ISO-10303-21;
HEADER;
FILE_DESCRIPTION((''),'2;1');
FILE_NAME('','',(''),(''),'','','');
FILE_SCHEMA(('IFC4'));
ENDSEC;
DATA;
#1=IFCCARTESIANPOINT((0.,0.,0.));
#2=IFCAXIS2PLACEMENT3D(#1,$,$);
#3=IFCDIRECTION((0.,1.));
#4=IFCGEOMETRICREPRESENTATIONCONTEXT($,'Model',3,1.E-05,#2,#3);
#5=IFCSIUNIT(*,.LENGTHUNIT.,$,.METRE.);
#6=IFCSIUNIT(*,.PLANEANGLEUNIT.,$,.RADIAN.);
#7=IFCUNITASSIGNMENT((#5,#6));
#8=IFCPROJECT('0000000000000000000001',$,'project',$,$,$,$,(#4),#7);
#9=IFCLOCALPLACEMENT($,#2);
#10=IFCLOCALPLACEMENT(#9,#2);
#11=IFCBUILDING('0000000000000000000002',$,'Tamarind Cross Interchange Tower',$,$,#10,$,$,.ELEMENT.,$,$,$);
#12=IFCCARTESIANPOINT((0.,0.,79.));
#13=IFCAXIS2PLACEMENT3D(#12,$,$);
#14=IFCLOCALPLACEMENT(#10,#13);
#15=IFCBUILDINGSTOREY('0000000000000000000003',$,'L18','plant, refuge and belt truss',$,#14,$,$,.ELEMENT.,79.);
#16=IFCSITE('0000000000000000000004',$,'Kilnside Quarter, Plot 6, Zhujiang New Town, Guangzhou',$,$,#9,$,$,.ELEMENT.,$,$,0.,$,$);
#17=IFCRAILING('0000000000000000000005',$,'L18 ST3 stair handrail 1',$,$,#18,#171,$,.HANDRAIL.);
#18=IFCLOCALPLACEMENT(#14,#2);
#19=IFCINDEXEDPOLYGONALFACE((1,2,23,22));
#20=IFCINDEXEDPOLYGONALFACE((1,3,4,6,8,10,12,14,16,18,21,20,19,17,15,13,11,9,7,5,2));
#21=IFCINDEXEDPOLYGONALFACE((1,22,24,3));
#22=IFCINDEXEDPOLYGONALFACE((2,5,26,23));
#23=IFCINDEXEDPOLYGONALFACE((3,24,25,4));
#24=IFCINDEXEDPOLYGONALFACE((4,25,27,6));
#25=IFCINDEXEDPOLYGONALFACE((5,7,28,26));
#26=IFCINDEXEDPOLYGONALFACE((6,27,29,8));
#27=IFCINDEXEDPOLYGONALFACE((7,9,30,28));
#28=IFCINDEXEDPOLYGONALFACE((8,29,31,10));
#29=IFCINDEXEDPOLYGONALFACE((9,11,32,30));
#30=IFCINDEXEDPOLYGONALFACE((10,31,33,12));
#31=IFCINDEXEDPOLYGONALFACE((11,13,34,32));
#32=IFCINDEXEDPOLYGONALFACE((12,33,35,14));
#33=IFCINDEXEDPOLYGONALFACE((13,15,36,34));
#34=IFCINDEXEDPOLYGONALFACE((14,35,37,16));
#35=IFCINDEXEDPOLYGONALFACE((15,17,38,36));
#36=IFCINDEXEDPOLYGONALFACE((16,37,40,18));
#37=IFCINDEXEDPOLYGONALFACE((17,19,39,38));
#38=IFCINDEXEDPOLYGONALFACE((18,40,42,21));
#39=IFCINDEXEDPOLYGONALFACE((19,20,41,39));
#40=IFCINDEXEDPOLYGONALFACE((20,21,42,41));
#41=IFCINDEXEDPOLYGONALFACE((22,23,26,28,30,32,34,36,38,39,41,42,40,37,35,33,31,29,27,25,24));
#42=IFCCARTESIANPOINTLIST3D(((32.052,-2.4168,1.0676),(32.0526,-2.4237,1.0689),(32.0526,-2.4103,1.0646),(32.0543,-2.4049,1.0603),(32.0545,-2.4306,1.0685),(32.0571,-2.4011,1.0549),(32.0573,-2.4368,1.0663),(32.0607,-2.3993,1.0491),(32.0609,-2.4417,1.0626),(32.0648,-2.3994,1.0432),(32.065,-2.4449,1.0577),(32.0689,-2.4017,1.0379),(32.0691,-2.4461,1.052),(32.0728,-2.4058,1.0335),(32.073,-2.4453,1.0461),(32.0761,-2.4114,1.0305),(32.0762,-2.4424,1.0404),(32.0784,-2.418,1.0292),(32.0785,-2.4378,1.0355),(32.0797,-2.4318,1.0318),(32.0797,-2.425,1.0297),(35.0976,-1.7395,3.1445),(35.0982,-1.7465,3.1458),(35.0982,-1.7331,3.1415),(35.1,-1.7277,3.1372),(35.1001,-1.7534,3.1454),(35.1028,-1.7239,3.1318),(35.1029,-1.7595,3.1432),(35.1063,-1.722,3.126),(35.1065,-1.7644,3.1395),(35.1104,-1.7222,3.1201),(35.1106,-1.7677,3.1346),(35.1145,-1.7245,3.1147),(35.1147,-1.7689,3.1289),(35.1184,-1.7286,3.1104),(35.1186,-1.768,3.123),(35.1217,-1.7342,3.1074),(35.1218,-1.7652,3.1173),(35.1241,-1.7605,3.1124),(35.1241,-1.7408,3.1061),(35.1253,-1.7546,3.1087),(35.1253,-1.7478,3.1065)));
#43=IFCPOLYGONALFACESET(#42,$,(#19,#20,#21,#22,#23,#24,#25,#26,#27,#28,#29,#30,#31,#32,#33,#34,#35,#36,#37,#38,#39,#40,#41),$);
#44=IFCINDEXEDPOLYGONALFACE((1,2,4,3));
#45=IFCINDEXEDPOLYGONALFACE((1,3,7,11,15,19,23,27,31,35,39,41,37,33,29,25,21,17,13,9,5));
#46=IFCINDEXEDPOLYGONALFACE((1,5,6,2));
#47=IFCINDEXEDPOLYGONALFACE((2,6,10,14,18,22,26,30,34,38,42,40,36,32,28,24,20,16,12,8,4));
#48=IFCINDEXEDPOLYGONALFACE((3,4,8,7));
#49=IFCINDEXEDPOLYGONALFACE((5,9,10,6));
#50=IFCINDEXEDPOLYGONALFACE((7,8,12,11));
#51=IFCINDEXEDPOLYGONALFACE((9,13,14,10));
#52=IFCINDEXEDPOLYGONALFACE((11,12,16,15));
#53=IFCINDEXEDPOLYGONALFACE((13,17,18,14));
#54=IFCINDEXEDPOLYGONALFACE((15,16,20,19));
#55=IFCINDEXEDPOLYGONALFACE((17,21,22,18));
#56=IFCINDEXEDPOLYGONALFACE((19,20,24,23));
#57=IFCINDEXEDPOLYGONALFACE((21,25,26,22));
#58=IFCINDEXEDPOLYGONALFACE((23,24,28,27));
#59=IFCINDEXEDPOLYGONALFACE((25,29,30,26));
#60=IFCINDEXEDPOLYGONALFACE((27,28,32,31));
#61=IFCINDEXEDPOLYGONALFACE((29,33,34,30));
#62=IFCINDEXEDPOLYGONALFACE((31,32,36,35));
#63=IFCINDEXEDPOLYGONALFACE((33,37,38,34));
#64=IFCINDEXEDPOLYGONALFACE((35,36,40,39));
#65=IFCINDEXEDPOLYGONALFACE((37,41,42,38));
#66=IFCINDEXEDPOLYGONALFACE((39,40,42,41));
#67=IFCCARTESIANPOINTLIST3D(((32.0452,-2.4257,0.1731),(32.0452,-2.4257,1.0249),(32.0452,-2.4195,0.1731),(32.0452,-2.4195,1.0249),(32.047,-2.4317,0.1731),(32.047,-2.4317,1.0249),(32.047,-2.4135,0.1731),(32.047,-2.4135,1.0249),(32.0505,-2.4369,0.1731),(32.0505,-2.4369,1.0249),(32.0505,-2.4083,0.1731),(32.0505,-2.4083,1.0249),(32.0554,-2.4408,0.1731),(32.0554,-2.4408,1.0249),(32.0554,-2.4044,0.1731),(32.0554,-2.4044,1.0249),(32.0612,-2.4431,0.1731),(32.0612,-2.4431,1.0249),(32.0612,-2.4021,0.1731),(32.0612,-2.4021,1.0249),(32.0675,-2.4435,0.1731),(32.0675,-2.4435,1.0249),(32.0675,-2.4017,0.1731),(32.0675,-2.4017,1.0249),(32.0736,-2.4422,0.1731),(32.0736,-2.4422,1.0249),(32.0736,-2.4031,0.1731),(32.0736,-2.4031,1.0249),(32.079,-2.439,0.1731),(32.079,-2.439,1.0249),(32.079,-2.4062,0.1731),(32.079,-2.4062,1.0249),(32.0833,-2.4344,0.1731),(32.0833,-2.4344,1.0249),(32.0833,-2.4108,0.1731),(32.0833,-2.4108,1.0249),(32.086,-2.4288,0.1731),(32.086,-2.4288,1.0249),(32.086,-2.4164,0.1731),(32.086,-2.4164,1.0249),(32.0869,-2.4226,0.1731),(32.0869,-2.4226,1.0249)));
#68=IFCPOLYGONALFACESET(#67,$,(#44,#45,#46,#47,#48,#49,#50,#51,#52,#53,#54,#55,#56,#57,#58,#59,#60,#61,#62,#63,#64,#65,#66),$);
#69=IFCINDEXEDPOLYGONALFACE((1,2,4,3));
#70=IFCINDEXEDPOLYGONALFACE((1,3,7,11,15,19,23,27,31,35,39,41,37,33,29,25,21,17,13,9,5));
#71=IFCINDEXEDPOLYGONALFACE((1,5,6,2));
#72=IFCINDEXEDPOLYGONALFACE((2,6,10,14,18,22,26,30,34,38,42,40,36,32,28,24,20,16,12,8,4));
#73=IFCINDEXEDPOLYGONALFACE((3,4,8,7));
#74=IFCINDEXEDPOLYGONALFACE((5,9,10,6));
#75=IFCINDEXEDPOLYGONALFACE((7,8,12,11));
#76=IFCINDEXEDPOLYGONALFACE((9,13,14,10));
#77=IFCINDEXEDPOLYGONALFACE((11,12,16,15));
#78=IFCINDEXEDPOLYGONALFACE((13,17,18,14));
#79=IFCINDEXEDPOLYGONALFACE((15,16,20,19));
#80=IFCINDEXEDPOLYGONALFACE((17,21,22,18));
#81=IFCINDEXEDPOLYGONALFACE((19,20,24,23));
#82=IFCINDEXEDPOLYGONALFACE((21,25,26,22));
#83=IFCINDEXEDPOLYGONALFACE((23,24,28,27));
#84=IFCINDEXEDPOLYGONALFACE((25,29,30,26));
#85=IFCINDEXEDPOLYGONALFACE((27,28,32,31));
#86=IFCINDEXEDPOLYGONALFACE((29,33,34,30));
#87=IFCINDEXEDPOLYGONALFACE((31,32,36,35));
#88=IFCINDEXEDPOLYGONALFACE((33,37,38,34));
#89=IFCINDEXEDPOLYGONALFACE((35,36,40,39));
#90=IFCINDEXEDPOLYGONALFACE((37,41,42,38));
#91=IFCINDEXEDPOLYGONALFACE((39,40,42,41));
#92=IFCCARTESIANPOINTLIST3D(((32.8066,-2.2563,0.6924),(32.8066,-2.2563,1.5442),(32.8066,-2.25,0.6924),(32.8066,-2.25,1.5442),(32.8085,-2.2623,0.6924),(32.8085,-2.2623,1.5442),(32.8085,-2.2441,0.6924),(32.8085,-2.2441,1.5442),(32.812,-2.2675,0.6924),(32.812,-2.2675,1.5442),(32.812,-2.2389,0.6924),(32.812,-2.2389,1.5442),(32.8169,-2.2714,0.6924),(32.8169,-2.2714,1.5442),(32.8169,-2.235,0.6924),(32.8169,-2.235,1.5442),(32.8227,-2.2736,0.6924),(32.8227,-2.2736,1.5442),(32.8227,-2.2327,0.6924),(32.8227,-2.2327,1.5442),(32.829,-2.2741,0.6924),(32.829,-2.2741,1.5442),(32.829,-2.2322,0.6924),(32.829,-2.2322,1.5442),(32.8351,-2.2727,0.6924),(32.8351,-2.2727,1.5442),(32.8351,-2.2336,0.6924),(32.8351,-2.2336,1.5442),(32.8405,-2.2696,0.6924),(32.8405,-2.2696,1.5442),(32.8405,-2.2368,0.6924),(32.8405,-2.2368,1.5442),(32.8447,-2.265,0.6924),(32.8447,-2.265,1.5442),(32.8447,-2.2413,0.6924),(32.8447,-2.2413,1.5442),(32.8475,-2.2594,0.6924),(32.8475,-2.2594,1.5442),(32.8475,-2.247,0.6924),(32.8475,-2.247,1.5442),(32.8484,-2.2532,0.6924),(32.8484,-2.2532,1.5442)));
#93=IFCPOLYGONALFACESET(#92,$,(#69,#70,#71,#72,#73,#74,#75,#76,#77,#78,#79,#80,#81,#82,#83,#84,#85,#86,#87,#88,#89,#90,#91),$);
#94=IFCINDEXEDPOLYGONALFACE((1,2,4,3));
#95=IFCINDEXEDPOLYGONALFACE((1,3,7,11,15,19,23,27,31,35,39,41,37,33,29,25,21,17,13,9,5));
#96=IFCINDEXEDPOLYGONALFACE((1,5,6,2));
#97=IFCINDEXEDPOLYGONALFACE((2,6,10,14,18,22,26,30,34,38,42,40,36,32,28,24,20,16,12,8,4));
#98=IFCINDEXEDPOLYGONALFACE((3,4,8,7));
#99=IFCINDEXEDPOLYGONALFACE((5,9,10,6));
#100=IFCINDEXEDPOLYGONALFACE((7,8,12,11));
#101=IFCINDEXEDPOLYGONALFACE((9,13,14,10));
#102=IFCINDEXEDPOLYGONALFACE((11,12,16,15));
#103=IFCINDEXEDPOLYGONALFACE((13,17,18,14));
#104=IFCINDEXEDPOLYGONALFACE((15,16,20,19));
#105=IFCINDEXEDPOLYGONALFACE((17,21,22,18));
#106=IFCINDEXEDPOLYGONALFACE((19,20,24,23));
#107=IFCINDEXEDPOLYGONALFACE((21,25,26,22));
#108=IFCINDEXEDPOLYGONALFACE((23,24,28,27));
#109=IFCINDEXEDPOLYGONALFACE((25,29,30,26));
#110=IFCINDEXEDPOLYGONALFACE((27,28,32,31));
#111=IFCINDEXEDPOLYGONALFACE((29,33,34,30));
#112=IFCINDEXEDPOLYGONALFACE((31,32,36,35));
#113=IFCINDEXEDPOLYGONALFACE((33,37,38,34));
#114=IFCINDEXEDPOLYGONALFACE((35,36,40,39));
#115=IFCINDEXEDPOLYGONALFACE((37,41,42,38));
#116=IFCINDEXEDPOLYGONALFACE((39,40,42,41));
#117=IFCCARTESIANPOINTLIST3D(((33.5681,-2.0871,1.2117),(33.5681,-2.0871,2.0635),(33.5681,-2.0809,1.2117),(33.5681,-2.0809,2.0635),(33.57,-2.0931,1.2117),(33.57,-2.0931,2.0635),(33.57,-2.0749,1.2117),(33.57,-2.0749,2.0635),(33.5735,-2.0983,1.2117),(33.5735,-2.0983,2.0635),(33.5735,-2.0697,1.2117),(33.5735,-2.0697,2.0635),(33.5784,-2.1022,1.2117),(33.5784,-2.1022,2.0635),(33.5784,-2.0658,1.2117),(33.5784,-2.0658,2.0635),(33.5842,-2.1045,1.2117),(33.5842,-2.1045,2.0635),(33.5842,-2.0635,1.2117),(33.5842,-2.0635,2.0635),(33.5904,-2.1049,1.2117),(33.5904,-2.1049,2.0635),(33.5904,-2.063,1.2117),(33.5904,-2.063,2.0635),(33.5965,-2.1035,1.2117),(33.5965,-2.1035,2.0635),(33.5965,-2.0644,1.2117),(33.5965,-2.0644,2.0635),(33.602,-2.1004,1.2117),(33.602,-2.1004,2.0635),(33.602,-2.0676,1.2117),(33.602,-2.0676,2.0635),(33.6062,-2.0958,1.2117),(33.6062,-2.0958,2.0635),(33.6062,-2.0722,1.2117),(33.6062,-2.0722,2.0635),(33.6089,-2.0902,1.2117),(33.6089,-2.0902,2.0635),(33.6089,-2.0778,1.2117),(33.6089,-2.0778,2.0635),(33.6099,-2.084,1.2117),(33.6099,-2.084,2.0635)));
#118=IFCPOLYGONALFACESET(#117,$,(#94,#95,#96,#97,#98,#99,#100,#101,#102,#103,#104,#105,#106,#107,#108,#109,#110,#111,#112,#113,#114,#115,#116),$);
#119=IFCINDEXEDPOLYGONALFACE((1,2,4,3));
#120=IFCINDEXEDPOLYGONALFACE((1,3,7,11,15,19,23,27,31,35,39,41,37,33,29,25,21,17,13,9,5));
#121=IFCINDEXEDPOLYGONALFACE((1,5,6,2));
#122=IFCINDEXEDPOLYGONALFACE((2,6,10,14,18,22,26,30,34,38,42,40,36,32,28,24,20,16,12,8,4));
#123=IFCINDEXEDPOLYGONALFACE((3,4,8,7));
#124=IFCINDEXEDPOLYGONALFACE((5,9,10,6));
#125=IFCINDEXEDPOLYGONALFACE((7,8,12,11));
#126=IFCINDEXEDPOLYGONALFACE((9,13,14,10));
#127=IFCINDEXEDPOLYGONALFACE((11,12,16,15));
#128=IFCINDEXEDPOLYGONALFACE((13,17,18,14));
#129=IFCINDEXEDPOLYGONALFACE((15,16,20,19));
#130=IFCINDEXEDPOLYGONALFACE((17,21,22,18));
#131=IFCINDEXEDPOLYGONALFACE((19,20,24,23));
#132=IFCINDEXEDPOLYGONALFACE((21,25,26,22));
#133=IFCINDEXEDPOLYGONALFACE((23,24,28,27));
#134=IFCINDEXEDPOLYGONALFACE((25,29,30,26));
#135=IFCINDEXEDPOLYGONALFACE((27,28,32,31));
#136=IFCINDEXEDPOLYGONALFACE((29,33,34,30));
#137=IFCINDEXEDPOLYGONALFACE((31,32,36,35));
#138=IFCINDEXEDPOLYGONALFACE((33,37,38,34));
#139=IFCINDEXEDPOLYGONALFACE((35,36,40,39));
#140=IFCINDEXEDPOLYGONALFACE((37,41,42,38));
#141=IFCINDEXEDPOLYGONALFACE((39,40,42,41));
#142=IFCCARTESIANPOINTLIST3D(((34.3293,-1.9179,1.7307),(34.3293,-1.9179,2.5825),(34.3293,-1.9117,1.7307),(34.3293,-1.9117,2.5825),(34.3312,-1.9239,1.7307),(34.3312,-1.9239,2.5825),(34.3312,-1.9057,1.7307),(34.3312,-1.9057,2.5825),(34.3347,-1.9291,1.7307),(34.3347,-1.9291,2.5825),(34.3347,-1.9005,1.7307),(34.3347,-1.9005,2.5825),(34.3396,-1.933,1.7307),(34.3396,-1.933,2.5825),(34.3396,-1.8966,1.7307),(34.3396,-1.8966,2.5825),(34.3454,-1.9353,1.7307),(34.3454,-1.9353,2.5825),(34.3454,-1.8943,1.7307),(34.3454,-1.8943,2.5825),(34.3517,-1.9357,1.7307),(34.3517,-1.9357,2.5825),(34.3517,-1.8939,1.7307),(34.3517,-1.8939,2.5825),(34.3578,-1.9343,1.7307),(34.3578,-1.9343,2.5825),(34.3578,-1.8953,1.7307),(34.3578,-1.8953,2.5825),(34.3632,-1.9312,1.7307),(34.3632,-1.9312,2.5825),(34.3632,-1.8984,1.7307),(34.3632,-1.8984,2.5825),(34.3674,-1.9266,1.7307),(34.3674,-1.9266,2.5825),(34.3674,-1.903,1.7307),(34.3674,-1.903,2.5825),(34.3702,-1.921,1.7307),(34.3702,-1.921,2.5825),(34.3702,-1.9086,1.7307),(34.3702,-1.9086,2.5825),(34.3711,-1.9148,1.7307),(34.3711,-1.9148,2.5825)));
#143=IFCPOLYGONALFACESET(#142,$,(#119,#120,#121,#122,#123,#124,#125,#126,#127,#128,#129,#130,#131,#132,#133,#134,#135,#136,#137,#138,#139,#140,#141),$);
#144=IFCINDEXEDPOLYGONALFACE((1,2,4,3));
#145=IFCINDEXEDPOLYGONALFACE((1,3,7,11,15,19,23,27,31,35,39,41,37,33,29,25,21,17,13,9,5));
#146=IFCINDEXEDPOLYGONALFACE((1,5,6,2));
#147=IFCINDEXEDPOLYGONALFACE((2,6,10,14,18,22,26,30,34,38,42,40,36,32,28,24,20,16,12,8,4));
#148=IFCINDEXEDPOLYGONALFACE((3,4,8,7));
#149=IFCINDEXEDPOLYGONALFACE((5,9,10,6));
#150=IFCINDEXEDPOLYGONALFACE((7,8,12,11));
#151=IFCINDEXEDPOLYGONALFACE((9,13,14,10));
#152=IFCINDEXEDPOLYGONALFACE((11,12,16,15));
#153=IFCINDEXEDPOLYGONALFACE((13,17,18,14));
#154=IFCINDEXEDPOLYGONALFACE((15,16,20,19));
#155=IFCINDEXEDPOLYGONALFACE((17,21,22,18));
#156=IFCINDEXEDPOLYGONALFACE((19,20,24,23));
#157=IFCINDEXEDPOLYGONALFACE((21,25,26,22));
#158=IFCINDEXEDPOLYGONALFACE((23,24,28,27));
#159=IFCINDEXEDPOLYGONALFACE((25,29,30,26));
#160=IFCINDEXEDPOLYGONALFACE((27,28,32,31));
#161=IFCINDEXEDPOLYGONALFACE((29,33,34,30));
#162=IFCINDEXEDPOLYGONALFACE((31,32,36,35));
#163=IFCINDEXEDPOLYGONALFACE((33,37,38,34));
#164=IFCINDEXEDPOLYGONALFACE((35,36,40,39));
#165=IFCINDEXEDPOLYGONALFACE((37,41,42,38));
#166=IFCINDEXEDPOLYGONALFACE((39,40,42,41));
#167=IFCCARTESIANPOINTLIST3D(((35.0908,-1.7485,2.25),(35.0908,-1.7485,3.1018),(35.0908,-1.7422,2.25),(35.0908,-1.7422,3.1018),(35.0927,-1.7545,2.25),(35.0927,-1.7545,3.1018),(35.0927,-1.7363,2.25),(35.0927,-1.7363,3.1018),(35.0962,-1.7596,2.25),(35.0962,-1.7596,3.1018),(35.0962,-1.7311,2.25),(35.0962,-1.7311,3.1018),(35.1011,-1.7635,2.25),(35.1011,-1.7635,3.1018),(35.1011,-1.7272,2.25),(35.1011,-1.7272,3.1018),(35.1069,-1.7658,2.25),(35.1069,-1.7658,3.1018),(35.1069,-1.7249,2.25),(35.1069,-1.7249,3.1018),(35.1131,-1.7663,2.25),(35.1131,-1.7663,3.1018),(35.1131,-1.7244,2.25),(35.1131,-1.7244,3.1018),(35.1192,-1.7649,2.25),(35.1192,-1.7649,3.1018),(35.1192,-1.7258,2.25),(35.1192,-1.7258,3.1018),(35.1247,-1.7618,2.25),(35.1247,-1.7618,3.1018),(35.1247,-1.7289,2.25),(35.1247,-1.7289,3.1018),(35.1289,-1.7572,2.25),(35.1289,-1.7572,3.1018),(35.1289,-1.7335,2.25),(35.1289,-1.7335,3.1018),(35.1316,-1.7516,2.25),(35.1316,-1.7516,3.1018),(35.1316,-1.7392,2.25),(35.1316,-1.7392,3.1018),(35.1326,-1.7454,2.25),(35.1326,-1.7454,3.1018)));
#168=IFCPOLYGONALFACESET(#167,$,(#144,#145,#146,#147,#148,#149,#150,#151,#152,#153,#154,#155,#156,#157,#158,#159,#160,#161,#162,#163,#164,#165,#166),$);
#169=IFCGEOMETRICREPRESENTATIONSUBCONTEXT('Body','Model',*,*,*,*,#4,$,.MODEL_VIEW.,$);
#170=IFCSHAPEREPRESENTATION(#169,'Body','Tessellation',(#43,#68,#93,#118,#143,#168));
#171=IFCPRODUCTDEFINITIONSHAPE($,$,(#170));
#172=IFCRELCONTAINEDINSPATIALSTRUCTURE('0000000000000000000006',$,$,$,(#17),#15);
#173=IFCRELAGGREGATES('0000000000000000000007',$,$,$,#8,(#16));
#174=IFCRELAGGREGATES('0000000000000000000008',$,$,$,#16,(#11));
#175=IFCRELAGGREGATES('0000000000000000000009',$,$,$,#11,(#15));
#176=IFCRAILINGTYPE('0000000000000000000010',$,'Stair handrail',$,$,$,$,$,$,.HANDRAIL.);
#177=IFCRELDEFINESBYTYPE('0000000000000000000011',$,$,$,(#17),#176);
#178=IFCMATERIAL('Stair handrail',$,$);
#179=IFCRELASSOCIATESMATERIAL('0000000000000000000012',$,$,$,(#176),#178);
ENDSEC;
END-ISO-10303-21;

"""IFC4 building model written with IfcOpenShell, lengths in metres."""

from ifc_helpers import new_model, si_unit, direction, frame, origin, origin_2d, place, context, subcontext, project, spatial, circle, extrude, material, type_object, element, save


model = new_model("IFC4")

# Units and contexts
model_context = context("Model", 3, precision=1e-05, world=origin(), true_north=direction((0.0, 1.0)))
body_context = subcontext(model_context, "Body", "Model", "MODEL_VIEW")
ifc_project = project(units=[si_unit("LENGTHUNIT", "METRE"), si_unit("PLANEANGLEUNIT", "RADIAN")], contexts=[model_context])

# Site, building, storey
site_placement = place(None, origin())
site = spatial("IfcSite", under=ifc_project, at=site_placement, Name="Kilnside Quarter, Plot 6, Zhujiang New Town, Guangzhou", CompositionType="ELEMENT", RefElevation=0.0)
building_placement = place(site_placement, origin())
building = spatial("IfcBuilding", under=site, at=building_placement, Name="Tamarind Cross Interchange Tower", CompositionType="ELEMENT")
storey_placement = place(building_placement, frame((0.0, 0.0, 79.0)))
storey = spatial("IfcBuildingStorey", under=building, at=storey_placement, Name="L18", Description="plant, refuge and belt truss", CompositionType="ELEMENT", Elevation=79.0)

# Railing
ifc_material_1 = material(Name="Stair handrail")
railing_type_1 = type_object("IfcRailingType", Name="Stair handrail", PredefinedType="HANDRAIL", material=ifc_material_1)
railing_1_placement = place(storey_placement, frame((32.0659, -2.4226, 0.1731)))
element("IfcRailing", 1, at=railing_1_placement, inside=storey, type_object=railing_type_1, Name="L18 ST3 stair handrail 1", PredefinedType="HANDRAIL", context=body_context, shape_type="SweptSolid", body=[
    extrude(circle(Radius=0.0239, at=origin_2d()), frame((0.0, 0.0, 0.876), z_axis=(0.812588, 0.180691, 0.554123), x_axis=(-0.217063, 0.976158, 0.0)), (0.0, 0.0, 1.0), 3.748),
    extrude(circle(Radius=0.021, at=origin_2d()), origin(), (0.0, 0.0, 1.0), 0.8518),
    extrude(circle(Radius=0.021, at=origin_2d()), frame((0.7615, 0.1694, 0.5193)), (0.0, 0.0, 1.0), 0.8518),
    extrude(circle(Radius=0.021, at=origin_2d()), frame((1.5229, 0.3386, 1.0386)), (0.0, 0.0, 1.0), 0.8518),
    extrude(circle(Radius=0.021, at=origin_2d()), frame((2.2842, 0.5078, 1.5576)), (0.0, 0.0, 1.0), 0.8518),
    extrude(circle(Radius=0.021, at=origin_2d()), frame((3.0457, 0.6772, 2.0769)), (0.0, 0.0, 1.0), 0.8518),
])

save(model, "model.ifc")
